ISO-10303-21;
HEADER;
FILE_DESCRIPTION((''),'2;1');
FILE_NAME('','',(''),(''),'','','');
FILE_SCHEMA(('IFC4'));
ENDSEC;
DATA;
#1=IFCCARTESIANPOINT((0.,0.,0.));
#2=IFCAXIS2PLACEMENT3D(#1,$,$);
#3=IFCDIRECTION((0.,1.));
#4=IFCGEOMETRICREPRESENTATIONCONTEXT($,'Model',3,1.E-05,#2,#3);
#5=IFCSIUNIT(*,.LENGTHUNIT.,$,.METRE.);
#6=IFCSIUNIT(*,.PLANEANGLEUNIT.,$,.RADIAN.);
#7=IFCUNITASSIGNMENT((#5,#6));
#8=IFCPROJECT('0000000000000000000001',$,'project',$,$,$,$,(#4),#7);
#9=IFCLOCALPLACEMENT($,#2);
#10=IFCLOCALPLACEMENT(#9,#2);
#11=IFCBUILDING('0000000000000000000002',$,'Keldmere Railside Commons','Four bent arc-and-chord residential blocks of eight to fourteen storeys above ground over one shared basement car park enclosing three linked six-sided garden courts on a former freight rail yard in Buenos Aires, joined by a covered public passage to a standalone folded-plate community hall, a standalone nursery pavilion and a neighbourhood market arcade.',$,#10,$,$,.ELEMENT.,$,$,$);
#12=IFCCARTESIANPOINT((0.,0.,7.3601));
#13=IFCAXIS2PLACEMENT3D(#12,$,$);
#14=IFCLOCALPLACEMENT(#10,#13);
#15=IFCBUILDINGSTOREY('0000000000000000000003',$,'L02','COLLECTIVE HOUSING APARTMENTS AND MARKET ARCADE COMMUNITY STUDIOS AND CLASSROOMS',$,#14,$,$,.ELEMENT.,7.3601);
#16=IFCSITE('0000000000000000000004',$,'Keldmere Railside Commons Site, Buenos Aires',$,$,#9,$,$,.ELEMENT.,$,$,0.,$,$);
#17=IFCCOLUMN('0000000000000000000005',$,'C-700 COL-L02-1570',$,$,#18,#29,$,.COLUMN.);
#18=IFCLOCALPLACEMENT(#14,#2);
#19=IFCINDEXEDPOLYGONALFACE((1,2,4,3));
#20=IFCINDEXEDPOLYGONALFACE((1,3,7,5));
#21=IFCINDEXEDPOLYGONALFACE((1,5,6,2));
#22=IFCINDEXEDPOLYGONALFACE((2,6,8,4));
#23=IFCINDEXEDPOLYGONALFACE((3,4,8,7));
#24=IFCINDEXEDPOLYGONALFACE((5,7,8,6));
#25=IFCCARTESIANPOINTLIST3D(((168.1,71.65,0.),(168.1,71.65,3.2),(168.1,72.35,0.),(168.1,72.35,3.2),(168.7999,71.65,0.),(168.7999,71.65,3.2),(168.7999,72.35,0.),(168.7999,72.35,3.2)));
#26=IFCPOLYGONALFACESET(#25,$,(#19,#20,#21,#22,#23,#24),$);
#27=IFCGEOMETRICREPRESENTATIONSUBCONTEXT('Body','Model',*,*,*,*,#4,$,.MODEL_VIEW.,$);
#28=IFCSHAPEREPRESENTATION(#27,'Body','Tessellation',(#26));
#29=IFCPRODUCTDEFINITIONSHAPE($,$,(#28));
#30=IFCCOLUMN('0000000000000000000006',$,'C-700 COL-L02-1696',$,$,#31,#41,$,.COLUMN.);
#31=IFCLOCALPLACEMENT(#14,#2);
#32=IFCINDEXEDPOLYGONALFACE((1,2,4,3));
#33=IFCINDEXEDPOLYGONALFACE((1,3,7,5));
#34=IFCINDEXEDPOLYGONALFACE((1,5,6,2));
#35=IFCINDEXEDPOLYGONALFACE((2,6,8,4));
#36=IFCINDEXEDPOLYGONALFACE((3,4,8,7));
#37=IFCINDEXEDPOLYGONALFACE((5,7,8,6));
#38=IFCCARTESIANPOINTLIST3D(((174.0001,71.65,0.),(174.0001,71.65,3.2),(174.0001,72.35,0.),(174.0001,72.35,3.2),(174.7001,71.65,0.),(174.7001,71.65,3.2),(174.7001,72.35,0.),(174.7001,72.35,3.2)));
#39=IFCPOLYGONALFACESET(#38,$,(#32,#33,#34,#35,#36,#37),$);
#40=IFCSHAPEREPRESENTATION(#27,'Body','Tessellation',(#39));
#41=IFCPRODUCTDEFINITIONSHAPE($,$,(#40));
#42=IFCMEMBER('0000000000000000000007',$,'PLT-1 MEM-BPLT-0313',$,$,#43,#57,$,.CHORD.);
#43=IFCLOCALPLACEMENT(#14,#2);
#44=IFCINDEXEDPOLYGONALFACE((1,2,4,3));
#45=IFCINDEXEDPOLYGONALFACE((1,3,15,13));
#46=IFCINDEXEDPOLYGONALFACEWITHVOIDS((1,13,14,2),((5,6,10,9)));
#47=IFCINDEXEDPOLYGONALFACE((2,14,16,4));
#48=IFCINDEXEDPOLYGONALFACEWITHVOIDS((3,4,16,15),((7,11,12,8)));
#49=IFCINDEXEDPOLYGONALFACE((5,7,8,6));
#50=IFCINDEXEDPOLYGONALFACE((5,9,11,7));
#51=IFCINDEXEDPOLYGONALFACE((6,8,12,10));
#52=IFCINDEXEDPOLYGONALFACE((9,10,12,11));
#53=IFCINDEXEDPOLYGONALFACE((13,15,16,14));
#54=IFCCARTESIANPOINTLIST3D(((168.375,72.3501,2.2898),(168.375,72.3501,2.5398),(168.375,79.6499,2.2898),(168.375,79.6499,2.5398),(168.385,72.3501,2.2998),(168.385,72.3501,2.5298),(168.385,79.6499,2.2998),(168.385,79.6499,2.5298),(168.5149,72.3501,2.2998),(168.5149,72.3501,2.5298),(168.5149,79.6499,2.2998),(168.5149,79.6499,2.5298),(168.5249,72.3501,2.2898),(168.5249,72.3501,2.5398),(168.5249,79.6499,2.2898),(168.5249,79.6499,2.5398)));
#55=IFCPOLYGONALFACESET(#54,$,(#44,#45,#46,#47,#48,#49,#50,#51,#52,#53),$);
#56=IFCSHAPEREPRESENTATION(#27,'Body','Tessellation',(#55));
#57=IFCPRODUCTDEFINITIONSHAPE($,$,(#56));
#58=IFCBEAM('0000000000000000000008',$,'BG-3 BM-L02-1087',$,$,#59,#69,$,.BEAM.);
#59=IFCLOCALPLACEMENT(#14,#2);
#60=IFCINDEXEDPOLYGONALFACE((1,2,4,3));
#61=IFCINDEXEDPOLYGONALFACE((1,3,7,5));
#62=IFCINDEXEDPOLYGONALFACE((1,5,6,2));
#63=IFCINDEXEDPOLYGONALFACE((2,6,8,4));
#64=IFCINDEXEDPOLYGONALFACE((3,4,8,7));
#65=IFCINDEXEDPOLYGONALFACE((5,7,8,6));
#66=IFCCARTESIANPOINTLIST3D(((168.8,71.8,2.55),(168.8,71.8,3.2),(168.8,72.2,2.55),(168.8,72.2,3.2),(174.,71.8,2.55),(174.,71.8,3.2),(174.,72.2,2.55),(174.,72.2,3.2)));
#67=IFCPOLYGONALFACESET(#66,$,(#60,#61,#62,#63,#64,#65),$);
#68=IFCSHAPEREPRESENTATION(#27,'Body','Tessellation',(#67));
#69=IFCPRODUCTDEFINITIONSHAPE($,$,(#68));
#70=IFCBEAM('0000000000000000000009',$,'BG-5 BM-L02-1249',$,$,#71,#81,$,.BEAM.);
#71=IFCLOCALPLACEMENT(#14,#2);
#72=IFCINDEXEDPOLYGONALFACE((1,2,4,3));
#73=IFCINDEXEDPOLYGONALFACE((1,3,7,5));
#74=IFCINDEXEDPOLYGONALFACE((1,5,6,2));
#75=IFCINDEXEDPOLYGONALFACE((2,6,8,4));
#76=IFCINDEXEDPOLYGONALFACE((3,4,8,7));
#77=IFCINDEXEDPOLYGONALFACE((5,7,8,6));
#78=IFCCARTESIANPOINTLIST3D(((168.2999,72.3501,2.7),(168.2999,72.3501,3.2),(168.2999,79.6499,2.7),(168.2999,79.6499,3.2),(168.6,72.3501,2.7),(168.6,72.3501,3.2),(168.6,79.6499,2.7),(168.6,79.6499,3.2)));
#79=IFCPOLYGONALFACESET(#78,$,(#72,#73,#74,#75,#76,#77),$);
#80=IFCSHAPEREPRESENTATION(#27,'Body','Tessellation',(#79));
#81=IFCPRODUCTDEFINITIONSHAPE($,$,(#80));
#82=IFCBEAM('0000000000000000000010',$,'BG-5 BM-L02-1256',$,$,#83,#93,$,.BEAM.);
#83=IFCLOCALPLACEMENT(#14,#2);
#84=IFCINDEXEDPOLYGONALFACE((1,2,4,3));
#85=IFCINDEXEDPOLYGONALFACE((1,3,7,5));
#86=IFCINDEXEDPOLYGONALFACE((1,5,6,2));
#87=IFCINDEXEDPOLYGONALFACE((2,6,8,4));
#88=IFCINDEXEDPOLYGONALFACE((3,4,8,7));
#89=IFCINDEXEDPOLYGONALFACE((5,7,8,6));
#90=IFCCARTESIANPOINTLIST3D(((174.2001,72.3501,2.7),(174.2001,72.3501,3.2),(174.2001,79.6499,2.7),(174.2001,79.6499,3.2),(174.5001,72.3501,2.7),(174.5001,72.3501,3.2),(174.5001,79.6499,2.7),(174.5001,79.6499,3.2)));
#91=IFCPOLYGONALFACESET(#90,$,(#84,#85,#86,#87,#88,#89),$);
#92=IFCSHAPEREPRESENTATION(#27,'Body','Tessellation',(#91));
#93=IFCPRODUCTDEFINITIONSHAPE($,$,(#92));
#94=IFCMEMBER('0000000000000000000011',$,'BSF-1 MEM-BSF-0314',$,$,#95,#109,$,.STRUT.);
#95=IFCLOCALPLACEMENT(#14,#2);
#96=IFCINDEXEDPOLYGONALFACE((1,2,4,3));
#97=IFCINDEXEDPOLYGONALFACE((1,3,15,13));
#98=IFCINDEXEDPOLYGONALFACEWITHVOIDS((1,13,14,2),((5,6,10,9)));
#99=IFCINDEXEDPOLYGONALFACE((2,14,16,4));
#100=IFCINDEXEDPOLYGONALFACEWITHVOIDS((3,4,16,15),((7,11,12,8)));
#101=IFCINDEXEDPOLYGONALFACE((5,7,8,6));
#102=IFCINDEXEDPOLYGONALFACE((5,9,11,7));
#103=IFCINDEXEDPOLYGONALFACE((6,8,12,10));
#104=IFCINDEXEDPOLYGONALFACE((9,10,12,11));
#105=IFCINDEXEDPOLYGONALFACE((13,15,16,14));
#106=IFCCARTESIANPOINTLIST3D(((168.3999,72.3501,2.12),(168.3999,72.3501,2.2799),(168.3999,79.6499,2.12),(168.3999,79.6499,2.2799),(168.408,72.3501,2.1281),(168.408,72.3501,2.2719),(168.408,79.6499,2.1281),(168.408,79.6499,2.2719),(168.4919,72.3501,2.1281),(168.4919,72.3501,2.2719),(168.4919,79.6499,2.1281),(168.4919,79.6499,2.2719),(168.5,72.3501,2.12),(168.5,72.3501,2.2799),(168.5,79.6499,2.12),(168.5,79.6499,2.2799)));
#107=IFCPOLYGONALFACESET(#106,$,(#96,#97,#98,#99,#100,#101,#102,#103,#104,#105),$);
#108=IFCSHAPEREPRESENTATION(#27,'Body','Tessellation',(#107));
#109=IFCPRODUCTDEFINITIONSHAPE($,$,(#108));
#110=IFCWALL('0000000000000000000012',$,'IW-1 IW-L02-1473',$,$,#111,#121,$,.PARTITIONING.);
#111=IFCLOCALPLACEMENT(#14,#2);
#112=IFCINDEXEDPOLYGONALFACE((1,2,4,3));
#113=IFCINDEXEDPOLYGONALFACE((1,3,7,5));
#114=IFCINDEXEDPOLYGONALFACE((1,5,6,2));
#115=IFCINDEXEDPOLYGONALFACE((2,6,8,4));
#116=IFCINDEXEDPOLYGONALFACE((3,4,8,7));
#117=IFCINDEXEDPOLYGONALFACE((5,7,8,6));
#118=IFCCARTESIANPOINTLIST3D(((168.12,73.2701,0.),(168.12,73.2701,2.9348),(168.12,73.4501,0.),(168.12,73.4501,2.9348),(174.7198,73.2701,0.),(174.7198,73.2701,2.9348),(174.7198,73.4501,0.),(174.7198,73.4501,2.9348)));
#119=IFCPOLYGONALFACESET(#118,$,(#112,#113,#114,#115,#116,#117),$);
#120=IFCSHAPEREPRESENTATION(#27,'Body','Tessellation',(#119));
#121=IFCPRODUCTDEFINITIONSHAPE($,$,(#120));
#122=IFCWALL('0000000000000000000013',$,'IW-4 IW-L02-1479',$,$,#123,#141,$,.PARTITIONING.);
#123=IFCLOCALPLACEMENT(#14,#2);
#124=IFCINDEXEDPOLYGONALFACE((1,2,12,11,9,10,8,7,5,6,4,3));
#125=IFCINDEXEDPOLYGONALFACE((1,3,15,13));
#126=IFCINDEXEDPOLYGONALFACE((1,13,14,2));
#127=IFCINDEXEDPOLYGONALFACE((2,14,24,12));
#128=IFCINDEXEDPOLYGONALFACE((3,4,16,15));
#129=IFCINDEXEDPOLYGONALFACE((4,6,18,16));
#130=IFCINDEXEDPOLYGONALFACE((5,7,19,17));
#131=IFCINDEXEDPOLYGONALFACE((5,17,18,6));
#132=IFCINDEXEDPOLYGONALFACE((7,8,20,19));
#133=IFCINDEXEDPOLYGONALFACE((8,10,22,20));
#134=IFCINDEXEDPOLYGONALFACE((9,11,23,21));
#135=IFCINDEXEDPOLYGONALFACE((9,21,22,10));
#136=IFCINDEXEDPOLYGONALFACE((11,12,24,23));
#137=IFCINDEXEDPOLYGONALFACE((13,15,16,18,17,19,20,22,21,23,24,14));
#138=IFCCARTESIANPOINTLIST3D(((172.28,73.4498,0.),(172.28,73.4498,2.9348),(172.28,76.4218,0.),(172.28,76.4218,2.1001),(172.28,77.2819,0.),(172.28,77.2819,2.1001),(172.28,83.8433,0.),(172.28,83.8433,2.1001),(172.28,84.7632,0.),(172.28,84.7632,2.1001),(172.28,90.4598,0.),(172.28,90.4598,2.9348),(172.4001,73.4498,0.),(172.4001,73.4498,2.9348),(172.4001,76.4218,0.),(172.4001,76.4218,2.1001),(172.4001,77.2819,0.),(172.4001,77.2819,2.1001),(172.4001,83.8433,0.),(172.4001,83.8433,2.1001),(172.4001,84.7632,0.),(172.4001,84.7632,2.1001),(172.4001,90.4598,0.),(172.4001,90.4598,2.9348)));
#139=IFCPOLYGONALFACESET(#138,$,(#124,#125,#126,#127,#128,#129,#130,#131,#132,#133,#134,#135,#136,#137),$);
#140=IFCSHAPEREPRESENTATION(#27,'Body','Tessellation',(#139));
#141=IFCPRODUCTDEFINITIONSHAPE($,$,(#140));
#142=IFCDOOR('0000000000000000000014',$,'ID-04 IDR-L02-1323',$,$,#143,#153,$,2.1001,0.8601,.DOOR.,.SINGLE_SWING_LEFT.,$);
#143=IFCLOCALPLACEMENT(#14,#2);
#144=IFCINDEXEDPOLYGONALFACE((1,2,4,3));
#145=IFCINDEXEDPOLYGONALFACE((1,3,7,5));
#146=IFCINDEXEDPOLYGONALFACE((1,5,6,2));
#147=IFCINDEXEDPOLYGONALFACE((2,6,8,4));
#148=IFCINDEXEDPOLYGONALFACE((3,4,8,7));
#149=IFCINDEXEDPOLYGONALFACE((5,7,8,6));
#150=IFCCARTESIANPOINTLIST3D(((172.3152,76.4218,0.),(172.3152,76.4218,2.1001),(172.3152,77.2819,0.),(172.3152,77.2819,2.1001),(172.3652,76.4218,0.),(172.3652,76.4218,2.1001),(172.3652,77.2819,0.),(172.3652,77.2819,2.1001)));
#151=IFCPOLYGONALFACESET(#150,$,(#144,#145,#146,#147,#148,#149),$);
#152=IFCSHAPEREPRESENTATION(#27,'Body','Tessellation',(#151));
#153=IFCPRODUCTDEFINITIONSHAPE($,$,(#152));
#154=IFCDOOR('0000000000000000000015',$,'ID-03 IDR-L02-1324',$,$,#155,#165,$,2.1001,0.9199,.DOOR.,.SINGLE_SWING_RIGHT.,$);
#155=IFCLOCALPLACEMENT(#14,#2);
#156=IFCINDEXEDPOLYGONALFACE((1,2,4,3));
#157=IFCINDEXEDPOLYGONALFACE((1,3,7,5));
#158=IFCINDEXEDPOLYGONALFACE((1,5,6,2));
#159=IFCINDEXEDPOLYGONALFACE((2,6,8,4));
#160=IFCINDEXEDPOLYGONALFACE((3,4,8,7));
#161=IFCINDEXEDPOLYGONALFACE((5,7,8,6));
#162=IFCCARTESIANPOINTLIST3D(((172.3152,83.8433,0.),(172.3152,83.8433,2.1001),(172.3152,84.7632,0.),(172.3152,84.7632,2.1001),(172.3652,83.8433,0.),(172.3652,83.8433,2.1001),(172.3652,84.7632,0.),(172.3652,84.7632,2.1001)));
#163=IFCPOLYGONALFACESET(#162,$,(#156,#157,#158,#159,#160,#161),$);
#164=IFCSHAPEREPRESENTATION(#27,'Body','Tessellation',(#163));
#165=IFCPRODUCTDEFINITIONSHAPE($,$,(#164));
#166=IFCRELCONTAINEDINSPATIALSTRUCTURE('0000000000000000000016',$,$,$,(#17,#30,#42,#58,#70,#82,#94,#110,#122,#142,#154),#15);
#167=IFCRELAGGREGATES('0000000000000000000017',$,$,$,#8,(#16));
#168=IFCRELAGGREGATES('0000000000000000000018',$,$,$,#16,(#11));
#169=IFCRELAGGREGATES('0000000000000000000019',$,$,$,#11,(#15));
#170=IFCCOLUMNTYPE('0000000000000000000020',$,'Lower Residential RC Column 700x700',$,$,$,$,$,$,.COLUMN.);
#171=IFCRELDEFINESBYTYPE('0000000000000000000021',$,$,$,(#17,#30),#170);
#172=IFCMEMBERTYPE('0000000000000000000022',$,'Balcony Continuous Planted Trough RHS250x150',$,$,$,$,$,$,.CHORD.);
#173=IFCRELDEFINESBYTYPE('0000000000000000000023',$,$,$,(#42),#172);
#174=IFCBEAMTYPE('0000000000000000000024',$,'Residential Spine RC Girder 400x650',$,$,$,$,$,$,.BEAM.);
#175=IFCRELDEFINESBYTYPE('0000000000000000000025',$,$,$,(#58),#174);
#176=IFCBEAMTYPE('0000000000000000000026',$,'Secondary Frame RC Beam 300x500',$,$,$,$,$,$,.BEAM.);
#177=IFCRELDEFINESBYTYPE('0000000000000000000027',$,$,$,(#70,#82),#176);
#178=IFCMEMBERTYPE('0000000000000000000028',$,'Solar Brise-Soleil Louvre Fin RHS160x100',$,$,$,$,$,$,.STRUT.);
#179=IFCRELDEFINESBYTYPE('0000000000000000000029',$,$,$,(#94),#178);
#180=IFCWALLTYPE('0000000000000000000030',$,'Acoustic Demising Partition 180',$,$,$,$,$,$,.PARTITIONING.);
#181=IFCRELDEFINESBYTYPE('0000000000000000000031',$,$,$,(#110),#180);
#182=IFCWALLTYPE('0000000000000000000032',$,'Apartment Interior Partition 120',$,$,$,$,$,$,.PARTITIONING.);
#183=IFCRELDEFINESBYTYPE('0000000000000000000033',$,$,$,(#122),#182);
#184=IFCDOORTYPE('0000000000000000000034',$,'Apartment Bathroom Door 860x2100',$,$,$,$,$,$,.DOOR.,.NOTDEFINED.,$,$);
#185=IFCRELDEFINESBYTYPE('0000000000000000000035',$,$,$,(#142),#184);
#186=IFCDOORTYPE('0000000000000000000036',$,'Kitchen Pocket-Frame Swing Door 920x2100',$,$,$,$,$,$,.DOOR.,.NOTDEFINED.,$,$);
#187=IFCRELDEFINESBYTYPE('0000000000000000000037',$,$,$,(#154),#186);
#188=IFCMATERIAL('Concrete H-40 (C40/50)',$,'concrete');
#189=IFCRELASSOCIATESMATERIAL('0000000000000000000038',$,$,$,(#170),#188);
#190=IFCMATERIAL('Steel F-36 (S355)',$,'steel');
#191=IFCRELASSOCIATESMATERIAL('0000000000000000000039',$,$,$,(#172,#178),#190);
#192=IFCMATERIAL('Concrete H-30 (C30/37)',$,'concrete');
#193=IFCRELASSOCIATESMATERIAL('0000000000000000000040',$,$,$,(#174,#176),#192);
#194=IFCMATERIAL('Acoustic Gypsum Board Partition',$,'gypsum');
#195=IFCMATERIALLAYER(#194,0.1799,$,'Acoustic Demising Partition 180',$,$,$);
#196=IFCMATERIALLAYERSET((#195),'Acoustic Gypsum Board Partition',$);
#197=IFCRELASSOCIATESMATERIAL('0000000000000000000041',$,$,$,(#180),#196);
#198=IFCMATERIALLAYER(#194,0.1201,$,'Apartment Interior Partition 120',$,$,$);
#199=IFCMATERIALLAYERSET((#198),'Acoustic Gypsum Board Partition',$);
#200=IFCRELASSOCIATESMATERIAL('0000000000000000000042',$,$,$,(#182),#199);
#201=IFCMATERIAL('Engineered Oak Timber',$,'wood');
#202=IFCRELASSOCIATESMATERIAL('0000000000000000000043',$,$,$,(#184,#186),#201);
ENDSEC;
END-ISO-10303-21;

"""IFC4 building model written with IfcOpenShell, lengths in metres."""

from ifc_helpers import new_model, si_unit, direction, frame, frame_2d, origin, origin_2d, place, context, subcontext, project, spatial, rectangle, hollow_rectangle, extrude, material, layer, layer_set, material_profile, profile_set, type_object, element, fill, save


model = new_model("IFC4")

# Units and contexts
model_context = context("Model", 3, precision=1e-05, world=origin(), true_north=direction((0.0, 1.0)))
body_context = subcontext(model_context, "Body", "Model", "MODEL_VIEW")
ifc_project = project(units=[si_unit("LENGTHUNIT", "METRE"), si_unit("PLANEANGLEUNIT", "RADIAN")], contexts=[model_context])

# Site, building, storey
site_placement = place(None, origin())
site = spatial("IfcSite", under=ifc_project, at=site_placement, Name="Keldmere Railside Commons Site, Buenos Aires", CompositionType="ELEMENT", RefElevation=0.0)
building_placement = place(site_placement, origin())
building = spatial("IfcBuilding", under=site, at=building_placement, Name="Keldmere Railside Commons", Description="Four bent arc-and-chord residential blocks of eight to fourteen storeys above ground over one shared basement car park enclosing three linked six-sided garden courts on a former freight rail yard in Buenos Aires, joined by a covered public passage to a standalone folded-plate community hall, a standalone nursery pavilion and a neighbourhood market arcade.", CompositionType="ELEMENT")
storey_placement = place(building_placement, frame((0.0, 0.0, 7.3601)))
storey = spatial("IfcBuildingStorey", under=building, at=storey_placement, Name="L02", Description="COLLECTIVE HOUSING APARTMENTS AND MARKET ARCADE COMMUNITY STUDIOS AND CLASSROOMS", CompositionType="ELEMENT", Elevation=7.3601)

# Columns
ifc_material_1 = material(Name="Concrete H-40 (C40/50)", Category="concrete")
ifc_material_profile_1 = material_profile(ifc_material_1, rectangle(XDim=0.7, YDim=0.7, at=origin_2d()), Name="RC-700x700")
ifc_profile_set_1 = profile_set([ifc_material_profile_1], Name="Concrete H-40 (C40/50)")
column_type = type_object("IfcColumnType", Name="Lower Residential RC Column 700x700", PredefinedType="COLUMN", material=ifc_profile_set_1)
for number, where, z_axis, x_axis, name in (
    (1, (168.45, 72.0, 0.0), (0.0, 0.0, 1.0), (1.0, 0.0, 0.0), "C-700 COL-L02-1570"),
    (2, (174.3501, 72.0, 0.0), (0.0, 0.0, 1.0), (1.0, 0.0, 0.0), "C-700 COL-L02-1696"),
):
    element("IfcColumn", number, at=place(storey_placement, frame(where, z_axis=z_axis, x_axis=x_axis)), inside=storey, type_object=column_type, Name=name, PredefinedType="COLUMN", context=body_context, shape_type="SweptSolid", body=[
        extrude(rectangle(XDim=0.7, YDim=0.7, at=origin_2d()), origin(), (0.0, 0.0, 1.0), 3.2),
    ])

# Member
ifc_material_2 = material(Name="Steel F-36 (S355)", Category="steel")
ifc_material_profile_2 = material_profile(ifc_material_2, hollow_rectangle(XDim=0.1499, YDim=0.25, WallThickness=0.01, at=origin_2d()), Name="RHS-250x150x10")
ifc_profile_set_2 = profile_set([ifc_material_profile_2], Name="Steel F-36 (S355)")
member_type_1 = type_object("IfcMemberType", Name="Balcony Continuous Planted Trough RHS250x150", PredefinedType="CHORD", material=ifc_profile_set_2)
member_1_placement = place(storey_placement, frame((168.45, 72.3501, 2.4148), z_axis=(0.0, 1.0, 0.0), x_axis=(-1.0, 0.0, 0.0)))
element("IfcMember", 3, at=member_1_placement, inside=storey, type_object=member_type_1, Name="PLT-1 MEM-BPLT-0313", PredefinedType="CHORD", context=body_context, shape_type="SweptSolid", body=[
    extrude(hollow_rectangle(XDim=0.1499, YDim=0.25, WallThickness=0.01, at=origin_2d()), origin(), (0.0, 0.0, 1.0), 7.2998),
])

# Beams
ifc_material_3 = material(Name="Concrete H-30 (C30/37)", Category="concrete")
ifc_material_profile_3 = material_profile(ifc_material_3, rectangle(XDim=0.3999, YDim=0.6499, at=origin_2d()), Name="RC-400x650")
ifc_profile_set_3 = profile_set([ifc_material_profile_3], Name="Concrete H-30 (C30/37)")
beam_type_1 = type_object("IfcBeamType", Name="Residential Spine RC Girder 400x650", PredefinedType="BEAM", material=ifc_profile_set_3)
beam_placement = place(storey_placement, frame((168.8, 72.0, 2.875), z_axis=(1.0, 0.0, 0.0), x_axis=(0.0, 1.0, 0.0)))
element("IfcBeam", 4, at=beam_placement, inside=storey, type_object=beam_type_1, Name="BG-3 BM-L02-1087", PredefinedType="BEAM", context=body_context, shape_type="SweptSolid", body=[
    extrude(rectangle(XDim=0.3999, YDim=0.6499, at=origin_2d()), origin(), (0.0, 0.0, 1.0), 5.2),
])
ifc_material_profile_4 = material_profile(ifc_material_3, rectangle(XDim=0.3, YDim=0.5, at=origin_2d()), Name="RC-300x500")
ifc_profile_set_4 = profile_set([ifc_material_profile_4], Name="Concrete H-30 (C30/37)")
beam_type_2 = type_object("IfcBeamType", Name="Secondary Frame RC Beam 300x500", PredefinedType="BEAM", material=ifc_profile_set_4)
for number, where, z_axis, x_axis, name in (
    (5, (168.45, 72.3501, 2.95), (0.0, 1.0, 0.0), (-1.0, 0.0, 0.0), "BG-5 BM-L02-1249"),
    (6, (174.3501, 72.3501, 2.95), (0.0, 1.0, 0.0), (-1.0, 0.0, 0.0), "BG-5 BM-L02-1256"),
):
    element("IfcBeam", number, at=place(storey_placement, frame(where, z_axis=z_axis, x_axis=x_axis)), inside=storey, type_object=beam_type_2, Name=name, PredefinedType="BEAM", context=body_context, shape_type="SweptSolid", body=[
        extrude(rectangle(XDim=0.3, YDim=0.5, at=origin_2d()), origin(), (0.0, 0.0, 1.0), 7.2998),
    ])

# Member
ifc_material_profile_5 = material_profile(ifc_material_2, hollow_rectangle(XDim=0.1001, YDim=0.1599, WallThickness=0.0081, at=origin_2d()), Name="RHS-160x100x8")
ifc_profile_set_5 = profile_set([ifc_material_profile_5], Name="Steel F-36 (S355)")
member_type_2 = type_object("IfcMemberType", Name="Solar Brise-Soleil Louvre Fin RHS160x100", PredefinedType="STRUT", material=ifc_profile_set_5)
member_2_placement = place(storey_placement, frame((168.45, 72.3501, 2.2), z_axis=(0.0, 1.0, 0.0), x_axis=(-1.0, 0.0, 0.0)))
element("IfcMember", 7, at=member_2_placement, inside=storey, type_object=member_type_2, Name="BSF-1 MEM-BSF-0314", PredefinedType="STRUT", context=body_context, shape_type="SweptSolid", body=[
    extrude(hollow_rectangle(XDim=0.1001, YDim=0.1599, WallThickness=0.0081, at=origin_2d()), origin(), (0.0, 0.0, 1.0), 7.2998),
])

# Wall
ifc_material_4 = material(Name="Acoustic Gypsum Board Partition", Category="gypsum")
ifc_layer_1 = layer(ifc_material_4, 0.1799, Name="Acoustic Demising Partition 180")
ifc_layer_set_1 = layer_set([ifc_layer_1], Name="Acoustic Gypsum Board Partition")
wall_type_1 = type_object("IfcWallType", Name="Acoustic Demising Partition 180", PredefinedType="PARTITIONING", material=ifc_layer_set_1)
wall_1_placement = place(storey_placement, frame((168.1201, 73.3601, 0.0), z_axis=(0.0, 0.0, 1.0), x_axis=(1.0, 0.0, 0.0)))
element("IfcWall", 8, at=wall_1_placement, inside=storey, type_object=wall_type_1, Name="IW-1 IW-L02-1473", PredefinedType="PARTITIONING", context=body_context, shape_type="SweptSolid", body=[
    extrude(rectangle(XDim=6.5999, YDim=0.1799, at=frame_2d((3.2998, 0.0))), origin(), (0.0, 0.0, 1.0), 2.9348),
])

# Wall, openings, doors
ifc_layer_2 = layer(ifc_material_4, 0.1201, Name="Apartment Interior Partition 120")
ifc_layer_set_2 = layer_set([ifc_layer_2], Name="Acoustic Gypsum Board Partition")
wall_type_2 = type_object("IfcWallType", Name="Apartment Interior Partition 120", PredefinedType="PARTITIONING", material=ifc_layer_set_2)
wall_2_placement = place(storey_placement, frame((172.3401, 73.45, 0.0), z_axis=(0.0, 0.0, 1.0), x_axis=(0.0, 1.0, 0.0)))
wall_2 = element("IfcWall", 9, at=wall_2_placement, inside=storey, type_object=wall_type_2, Name="IW-4 IW-L02-1479", PredefinedType="PARTITIONING", context=body_context, shape_type="SweptSolid", body=[
    extrude(rectangle(XDim=17.01, YDim=0.1201, at=frame_2d((8.5049, 0.0))), origin(), (0.0, 0.0, 1.0), 2.9348),
])
opening_1_placement = place(wall_2_placement, frame((2.9717, 0.0, 0.0)))
opening_1 = element("IfcOpeningElement", 10, at=opening_1_placement, cuts=wall_2, PredefinedType="OPENING", context=body_context, shape_type="SweptSolid", body=[
    extrude(rectangle(XDim=0.8601, YDim=2.1001, at=frame_2d((0.4302, 1.05))), frame((0.0, 0.0701, 0.0), z_axis=(0.0, -1.0, 0.0), x_axis=(1.0, 0.0, 0.0)), (0.0, 0.0, 1.0), 0.1401),
])
opening_2_placement = place(wall_2_placement, frame((10.3933, 0.0, 0.0)))
opening_2 = element("IfcOpeningElement", 11, at=opening_2_placement, cuts=wall_2, PredefinedType="OPENING", context=body_context, shape_type="SweptSolid", body=[
    extrude(rectangle(XDim=0.9199, YDim=2.1001, at=frame_2d((0.46, 1.05))), frame((0.0, 0.0701, 0.0), z_axis=(0.0, -1.0, 0.0), x_axis=(1.0, 0.0, 0.0)), (0.0, 0.0, 1.0), 0.1401),
])
ifc_material_5 = material(Name="Engineered Oak Timber", Category="wood")
door_type_1 = type_object("IfcDoorType", Name="Apartment Bathroom Door 860x2100", OperationType="NOTDEFINED", PredefinedType="DOOR", material=ifc_material_5)
door_1_placement = place(opening_1_placement, origin())
door_1 = element("IfcDoor", 12, at=door_1_placement, inside=storey, type_object=door_type_1, Name="ID-04 IDR-L02-1323", OperationType="SINGLE_SWING_LEFT", OverallHeight=2.1001, OverallWidth=0.8601, PredefinedType="DOOR", context=body_context, shape_type="SweptSolid", body=[
    extrude(rectangle(XDim=0.8601, YDim=2.1001, at=frame_2d((0.4302, 1.05))), frame((0.0, 0.0249, 0.0), z_axis=(0.0, -1.0, 0.0), x_axis=(1.0, 0.0, 0.0)), (0.0, 0.0, 1.0), 0.05),
])
fill(opening_1, door_1)
door_type_2 = type_object("IfcDoorType", Name="Kitchen Pocket-Frame Swing Door 920x2100", OperationType="NOTDEFINED", PredefinedType="DOOR", material=ifc_material_5)
door_2_placement = place(opening_2_placement, origin())
door_2 = element("IfcDoor", 13, at=door_2_placement, inside=storey, type_object=door_type_2, Name="ID-03 IDR-L02-1324", OperationType="SINGLE_SWING_RIGHT", OverallHeight=2.1001, OverallWidth=0.9199, PredefinedType="DOOR", context=body_context, shape_type="SweptSolid", body=[
    extrude(rectangle(XDim=0.9199, YDim=2.1001, at=frame_2d((0.46, 1.05))), frame((0.0, 0.0249, 0.0), z_axis=(0.0, -1.0, 0.0), x_axis=(1.0, 0.0, 0.0)), (0.0, 0.0, 1.0), 0.05),
])
fill(opening_2, door_2)

save(model, "model.ifc")
